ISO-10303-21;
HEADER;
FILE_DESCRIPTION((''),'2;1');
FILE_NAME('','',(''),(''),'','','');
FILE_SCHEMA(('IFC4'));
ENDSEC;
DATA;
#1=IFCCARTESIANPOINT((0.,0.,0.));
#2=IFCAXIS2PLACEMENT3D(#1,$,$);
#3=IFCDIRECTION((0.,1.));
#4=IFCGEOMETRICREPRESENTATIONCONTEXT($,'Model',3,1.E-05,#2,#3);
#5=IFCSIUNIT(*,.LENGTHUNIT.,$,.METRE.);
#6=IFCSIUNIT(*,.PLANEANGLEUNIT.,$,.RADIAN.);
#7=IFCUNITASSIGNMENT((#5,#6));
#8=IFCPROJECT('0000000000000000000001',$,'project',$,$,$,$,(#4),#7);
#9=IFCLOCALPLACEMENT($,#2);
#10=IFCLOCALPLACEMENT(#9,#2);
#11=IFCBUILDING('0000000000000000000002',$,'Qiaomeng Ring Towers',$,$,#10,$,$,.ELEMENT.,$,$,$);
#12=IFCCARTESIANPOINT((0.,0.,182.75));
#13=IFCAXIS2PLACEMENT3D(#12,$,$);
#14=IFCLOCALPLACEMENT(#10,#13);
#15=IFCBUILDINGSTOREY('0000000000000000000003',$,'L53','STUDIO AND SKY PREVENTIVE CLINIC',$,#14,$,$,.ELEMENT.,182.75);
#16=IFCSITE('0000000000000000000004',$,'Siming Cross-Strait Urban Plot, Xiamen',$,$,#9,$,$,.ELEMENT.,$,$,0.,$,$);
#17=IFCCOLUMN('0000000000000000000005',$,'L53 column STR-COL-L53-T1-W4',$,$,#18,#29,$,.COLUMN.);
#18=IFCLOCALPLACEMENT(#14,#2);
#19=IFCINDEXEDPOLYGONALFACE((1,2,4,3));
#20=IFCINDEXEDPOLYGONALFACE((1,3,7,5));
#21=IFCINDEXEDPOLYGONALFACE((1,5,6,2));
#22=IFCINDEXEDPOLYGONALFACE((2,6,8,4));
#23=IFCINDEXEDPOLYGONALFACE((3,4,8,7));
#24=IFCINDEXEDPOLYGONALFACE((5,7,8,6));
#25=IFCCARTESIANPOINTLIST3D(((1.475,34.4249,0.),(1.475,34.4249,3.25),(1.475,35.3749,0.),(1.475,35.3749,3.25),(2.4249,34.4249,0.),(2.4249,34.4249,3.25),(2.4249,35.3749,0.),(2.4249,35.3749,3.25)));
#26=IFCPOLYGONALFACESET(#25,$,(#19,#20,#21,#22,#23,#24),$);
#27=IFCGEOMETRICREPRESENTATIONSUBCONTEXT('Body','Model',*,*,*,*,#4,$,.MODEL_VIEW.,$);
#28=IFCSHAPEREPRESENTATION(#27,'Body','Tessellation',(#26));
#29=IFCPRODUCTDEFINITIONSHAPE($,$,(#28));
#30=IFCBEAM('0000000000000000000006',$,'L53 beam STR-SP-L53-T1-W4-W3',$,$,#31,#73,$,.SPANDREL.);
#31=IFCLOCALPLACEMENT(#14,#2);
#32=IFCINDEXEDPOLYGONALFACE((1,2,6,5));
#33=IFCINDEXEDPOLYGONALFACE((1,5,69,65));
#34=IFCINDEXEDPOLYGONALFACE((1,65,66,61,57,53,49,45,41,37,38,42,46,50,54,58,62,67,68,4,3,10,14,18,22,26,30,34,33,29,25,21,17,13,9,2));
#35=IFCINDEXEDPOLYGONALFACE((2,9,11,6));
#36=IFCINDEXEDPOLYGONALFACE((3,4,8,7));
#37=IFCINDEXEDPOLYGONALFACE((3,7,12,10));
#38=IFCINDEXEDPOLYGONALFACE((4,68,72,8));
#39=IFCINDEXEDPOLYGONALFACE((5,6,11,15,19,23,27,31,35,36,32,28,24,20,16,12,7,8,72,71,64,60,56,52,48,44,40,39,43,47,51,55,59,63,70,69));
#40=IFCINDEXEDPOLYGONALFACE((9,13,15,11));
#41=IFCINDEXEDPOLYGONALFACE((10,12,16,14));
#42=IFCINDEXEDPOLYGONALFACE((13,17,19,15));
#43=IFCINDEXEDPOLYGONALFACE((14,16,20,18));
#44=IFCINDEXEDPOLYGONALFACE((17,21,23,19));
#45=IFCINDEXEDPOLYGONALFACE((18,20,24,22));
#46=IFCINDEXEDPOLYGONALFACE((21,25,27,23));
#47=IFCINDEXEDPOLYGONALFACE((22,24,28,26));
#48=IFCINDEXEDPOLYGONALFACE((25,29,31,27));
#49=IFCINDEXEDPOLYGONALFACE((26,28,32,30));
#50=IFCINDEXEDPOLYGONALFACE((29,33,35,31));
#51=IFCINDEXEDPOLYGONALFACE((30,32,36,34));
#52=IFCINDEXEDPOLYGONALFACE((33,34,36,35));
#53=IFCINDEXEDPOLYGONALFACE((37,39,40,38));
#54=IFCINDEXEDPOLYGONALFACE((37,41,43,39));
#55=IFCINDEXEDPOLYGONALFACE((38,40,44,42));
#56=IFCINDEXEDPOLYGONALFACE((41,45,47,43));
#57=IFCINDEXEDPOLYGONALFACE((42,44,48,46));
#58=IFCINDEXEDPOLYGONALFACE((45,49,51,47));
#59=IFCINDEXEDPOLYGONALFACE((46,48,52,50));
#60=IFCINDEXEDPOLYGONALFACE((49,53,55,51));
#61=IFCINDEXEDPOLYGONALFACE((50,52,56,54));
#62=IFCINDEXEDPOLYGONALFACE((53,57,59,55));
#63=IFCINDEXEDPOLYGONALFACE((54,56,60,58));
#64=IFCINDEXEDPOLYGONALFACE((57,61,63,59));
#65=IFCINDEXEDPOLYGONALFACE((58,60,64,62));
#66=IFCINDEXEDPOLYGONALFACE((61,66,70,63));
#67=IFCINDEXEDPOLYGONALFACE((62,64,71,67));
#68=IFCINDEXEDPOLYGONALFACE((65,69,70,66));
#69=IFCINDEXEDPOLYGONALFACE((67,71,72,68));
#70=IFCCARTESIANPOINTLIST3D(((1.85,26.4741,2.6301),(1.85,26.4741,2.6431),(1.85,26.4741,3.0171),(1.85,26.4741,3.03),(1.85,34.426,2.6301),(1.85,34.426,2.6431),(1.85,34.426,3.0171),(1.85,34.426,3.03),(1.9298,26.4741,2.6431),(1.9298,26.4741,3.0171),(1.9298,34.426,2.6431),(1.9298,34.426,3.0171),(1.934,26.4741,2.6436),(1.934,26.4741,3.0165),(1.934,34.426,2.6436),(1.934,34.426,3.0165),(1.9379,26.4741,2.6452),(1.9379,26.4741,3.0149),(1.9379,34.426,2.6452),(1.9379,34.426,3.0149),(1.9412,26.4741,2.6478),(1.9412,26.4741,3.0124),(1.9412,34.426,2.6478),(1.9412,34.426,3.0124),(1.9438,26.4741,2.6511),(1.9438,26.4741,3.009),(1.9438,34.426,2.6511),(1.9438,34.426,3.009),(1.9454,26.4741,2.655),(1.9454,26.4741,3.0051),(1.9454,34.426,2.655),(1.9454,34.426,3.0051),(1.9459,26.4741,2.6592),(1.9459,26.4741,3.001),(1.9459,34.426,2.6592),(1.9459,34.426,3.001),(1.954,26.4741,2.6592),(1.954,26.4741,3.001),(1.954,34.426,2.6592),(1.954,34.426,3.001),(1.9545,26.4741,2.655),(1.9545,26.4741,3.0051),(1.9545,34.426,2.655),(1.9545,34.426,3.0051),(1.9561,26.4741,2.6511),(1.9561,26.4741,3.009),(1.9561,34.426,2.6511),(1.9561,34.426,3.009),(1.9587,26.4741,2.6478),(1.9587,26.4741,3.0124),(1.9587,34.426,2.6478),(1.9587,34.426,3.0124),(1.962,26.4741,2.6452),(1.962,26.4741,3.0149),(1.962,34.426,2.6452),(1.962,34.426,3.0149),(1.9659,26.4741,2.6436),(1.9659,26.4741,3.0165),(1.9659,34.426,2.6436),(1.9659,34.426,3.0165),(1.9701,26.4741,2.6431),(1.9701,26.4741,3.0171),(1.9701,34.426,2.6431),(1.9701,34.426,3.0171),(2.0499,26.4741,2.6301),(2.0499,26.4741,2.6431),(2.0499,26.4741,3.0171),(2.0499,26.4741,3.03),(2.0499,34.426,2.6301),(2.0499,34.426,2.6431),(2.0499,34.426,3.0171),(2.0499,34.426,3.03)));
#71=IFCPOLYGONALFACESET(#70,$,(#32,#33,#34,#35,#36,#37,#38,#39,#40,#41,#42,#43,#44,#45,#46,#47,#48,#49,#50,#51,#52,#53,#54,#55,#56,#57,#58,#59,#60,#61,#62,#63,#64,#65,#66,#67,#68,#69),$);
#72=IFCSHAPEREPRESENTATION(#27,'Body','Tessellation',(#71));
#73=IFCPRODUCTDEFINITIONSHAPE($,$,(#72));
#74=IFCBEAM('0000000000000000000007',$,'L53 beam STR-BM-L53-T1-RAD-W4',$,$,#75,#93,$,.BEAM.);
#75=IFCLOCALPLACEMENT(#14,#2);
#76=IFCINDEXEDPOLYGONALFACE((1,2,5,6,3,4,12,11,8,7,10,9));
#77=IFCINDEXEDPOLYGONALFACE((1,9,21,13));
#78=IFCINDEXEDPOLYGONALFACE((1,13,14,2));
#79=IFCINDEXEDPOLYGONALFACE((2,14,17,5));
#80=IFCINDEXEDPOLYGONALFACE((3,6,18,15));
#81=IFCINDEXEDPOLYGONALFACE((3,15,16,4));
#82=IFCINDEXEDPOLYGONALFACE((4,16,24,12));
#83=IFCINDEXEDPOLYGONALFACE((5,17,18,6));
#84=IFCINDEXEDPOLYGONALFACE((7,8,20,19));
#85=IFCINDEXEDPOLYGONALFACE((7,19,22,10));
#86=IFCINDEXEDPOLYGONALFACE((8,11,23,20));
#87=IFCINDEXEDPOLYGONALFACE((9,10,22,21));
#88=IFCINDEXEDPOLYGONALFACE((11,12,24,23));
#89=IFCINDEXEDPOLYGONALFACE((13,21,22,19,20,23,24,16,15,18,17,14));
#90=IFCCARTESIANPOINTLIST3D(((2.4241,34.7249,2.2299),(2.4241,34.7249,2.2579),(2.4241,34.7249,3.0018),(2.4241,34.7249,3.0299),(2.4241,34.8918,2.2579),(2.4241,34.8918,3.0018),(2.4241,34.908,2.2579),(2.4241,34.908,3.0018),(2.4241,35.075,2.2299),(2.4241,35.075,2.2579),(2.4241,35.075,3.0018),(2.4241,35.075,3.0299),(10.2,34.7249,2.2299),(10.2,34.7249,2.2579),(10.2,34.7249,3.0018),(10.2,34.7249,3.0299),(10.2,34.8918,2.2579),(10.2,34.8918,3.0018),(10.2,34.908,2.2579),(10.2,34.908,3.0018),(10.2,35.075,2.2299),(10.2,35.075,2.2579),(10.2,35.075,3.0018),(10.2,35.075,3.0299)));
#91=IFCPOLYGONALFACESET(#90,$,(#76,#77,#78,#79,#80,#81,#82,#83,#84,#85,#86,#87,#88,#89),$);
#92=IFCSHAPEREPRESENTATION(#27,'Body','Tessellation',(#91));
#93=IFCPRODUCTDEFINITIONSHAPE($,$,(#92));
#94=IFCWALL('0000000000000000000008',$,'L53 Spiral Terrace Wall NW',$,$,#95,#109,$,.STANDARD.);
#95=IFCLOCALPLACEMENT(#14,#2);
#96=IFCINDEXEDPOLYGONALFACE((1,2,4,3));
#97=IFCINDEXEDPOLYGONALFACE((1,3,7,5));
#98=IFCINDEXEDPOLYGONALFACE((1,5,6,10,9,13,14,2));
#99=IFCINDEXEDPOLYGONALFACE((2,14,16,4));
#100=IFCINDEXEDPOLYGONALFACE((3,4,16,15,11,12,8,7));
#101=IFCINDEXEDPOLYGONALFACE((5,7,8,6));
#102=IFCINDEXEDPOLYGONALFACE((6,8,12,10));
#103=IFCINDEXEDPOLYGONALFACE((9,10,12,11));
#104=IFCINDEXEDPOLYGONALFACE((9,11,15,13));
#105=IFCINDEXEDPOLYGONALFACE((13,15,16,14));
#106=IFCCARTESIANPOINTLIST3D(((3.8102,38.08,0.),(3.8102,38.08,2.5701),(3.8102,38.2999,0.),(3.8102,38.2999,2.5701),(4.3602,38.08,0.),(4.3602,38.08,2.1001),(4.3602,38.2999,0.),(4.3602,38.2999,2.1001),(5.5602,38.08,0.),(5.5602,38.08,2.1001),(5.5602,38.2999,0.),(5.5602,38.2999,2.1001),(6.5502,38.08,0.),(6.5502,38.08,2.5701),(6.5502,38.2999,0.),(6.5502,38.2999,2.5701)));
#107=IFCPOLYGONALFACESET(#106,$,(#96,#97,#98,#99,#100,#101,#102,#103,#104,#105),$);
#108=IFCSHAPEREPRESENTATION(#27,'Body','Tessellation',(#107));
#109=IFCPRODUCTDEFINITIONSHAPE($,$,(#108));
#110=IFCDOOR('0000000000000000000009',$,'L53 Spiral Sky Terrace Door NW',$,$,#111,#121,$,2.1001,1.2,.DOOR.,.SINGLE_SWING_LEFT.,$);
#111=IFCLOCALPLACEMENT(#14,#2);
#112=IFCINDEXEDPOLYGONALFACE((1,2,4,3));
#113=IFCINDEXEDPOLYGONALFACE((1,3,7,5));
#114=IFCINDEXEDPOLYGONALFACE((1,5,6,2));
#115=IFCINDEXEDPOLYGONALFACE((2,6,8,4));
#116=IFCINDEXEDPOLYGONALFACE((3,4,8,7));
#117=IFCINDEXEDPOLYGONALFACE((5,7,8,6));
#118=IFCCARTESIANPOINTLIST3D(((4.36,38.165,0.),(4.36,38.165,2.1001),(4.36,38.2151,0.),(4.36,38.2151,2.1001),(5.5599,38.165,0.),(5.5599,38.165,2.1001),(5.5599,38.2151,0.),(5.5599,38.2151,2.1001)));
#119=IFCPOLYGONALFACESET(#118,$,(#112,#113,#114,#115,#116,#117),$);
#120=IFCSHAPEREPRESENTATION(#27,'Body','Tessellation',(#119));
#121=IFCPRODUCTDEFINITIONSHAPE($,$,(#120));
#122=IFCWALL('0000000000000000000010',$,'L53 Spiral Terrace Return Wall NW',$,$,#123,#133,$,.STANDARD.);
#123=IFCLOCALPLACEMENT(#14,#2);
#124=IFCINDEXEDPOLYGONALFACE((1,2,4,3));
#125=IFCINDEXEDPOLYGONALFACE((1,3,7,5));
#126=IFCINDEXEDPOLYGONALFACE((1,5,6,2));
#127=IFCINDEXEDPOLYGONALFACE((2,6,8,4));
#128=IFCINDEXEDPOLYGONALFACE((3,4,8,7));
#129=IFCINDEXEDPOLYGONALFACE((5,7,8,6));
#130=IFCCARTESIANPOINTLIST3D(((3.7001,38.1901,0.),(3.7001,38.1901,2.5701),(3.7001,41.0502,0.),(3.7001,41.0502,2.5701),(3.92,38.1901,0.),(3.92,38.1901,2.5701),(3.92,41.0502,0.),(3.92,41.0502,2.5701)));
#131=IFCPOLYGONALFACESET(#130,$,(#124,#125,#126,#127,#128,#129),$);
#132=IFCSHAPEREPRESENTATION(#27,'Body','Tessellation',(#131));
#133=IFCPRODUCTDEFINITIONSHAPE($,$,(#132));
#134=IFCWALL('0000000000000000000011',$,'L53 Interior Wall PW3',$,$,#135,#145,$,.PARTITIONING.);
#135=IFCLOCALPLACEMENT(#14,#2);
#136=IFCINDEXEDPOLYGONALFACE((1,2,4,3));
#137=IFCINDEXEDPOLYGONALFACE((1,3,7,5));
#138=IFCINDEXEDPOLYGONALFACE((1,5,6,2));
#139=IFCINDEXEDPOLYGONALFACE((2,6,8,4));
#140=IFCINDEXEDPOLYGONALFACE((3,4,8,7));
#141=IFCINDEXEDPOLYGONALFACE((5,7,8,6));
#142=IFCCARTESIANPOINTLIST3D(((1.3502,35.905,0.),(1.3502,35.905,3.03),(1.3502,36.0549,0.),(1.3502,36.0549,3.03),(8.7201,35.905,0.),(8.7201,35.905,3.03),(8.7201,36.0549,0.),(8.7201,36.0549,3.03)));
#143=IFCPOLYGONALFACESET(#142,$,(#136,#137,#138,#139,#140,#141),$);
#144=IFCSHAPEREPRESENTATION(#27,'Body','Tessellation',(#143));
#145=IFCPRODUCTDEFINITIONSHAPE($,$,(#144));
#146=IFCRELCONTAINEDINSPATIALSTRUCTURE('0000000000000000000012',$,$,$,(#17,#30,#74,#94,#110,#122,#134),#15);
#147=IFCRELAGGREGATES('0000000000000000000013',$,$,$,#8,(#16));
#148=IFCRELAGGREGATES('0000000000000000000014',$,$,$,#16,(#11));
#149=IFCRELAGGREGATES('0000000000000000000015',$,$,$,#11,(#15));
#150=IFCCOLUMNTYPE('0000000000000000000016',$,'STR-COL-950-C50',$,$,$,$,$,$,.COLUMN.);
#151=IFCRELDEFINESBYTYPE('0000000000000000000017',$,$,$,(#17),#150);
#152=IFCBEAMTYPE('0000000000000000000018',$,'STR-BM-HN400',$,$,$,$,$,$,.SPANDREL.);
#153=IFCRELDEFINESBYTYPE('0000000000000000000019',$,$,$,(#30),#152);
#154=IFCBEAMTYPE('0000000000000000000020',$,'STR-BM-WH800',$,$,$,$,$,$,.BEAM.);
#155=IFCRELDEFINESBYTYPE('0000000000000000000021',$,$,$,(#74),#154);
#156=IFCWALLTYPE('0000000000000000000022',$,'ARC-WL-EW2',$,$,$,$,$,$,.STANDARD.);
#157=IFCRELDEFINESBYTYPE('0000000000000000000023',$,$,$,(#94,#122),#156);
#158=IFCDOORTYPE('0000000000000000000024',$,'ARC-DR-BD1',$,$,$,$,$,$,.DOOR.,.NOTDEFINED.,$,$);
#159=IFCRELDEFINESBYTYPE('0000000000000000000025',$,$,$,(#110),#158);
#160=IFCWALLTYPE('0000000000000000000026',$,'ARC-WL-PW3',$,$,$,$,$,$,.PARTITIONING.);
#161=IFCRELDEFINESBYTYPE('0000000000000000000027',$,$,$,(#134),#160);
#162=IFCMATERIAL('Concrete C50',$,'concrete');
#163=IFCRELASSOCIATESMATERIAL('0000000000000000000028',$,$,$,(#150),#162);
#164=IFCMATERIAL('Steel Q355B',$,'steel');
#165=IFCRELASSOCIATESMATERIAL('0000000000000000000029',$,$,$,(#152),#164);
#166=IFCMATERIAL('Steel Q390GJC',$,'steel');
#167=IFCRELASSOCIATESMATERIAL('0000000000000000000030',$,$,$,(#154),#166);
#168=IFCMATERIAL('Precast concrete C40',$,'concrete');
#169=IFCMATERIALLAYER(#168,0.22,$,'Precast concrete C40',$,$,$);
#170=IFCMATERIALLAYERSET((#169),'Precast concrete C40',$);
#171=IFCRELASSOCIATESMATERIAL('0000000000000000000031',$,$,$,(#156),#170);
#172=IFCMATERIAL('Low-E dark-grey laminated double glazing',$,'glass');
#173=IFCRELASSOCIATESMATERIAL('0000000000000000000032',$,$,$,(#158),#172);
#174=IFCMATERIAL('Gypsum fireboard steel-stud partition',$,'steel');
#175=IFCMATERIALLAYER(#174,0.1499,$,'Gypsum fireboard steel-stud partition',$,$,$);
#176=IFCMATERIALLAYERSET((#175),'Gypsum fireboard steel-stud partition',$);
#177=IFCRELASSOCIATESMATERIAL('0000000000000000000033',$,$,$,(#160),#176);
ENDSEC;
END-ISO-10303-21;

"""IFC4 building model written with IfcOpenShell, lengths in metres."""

from ifc_helpers import new_model, si_unit, direction, frame, frame_2d, origin, origin_2d, place, context, subcontext, project, spatial, rectangle, i_section, extrude, source, transform, mapped, material, layer, layer_set, material_profile, profile_set, type_object, element, fill, save


model = new_model("IFC4")

# Units and contexts
model_context = context("Model", 3, precision=1e-05, world=origin(), true_north=direction((0.0, 1.0)))
body_context = subcontext(model_context, "Body", "Model", "MODEL_VIEW")
ifc_project = project(units=[si_unit("LENGTHUNIT", "METRE"), si_unit("PLANEANGLEUNIT", "RADIAN")], contexts=[model_context])

# Site, building, storey
site_placement = place(None, origin())
site = spatial("IfcSite", under=ifc_project, at=site_placement, Name="Siming Cross-Strait Urban Plot, Xiamen", CompositionType="ELEMENT", RefElevation=0.0)
building_placement = place(site_placement, origin())
building = spatial("IfcBuilding", under=site, at=building_placement, Name="Qiaomeng Ring Towers", CompositionType="ELEMENT")
storey_placement = place(building_placement, frame((0.0, 0.0, 182.75)))
storey = spatial("IfcBuildingStorey", under=building, at=storey_placement, Name="L53", Description="STUDIO AND SKY PREVENTIVE CLINIC", CompositionType="ELEMENT", Elevation=182.75)

# Column
ifc_material_1 = material(Name="Concrete C50", Category="concrete")
ifc_material_profile_1 = material_profile(ifc_material_1, rectangle(XDim=0.95, YDim=0.95, at=origin_2d()), Name="RC COL 950x950")
ifc_profile_set_1 = profile_set([ifc_material_profile_1], Name="Concrete C50")
column_type = type_object("IfcColumnType", Name="STR-COL-950-C50", PredefinedType="COLUMN", material=ifc_profile_set_1)
shared_shape_1 = source(origin(), body_context, "Body", "SweptSolid", [
    extrude(rectangle(XDim=0.95, YDim=0.95, at=origin_2d()), origin(), (0.0, 0.0, 1.0), 3.25),
])
column_placement = place(storey_placement, frame((1.95, 34.8999, 0.0), z_axis=(0.0, 0.0, 1.0), x_axis=(1.0, 0.0, 0.0)))
element("IfcColumn", 1, at=column_placement, inside=storey, type_object=column_type, Name="L53 column STR-COL-L53-T1-W4", PredefinedType="COLUMN", context=body_context, shape_type="MappedRepresentation", body=[
    mapped(shared_shape_1, transform((0.0, 0.0, 0.0), x_axis=(1.0, 0.0, 0.0), y_axis=(0.0, 1.0, 0.0), z_axis=(0.0, 0.0, 1.0), scale=1.0)),
])

# Beams
ifc_material_2 = material(Name="Steel Q355B", Category="steel")
ifc_material_profile_2 = material_profile(ifc_material_2, i_section(OverallWidth=0.2, OverallDepth=0.3999, WebThickness=0.0081, FlangeThickness=0.0129, FilletRadius=0.0161, at=origin_2d()), Name="HN 400x200x8x13")
ifc_profile_set_2 = profile_set([ifc_material_profile_2], Name="Steel Q355B")
beam_type_1 = type_object("IfcBeamType", Name="STR-BM-HN400", PredefinedType="SPANDREL", material=ifc_profile_set_2)
shared_shape_2 = source(origin(), body_context, "Body", "SweptSolid", [
    extrude(i_section(OverallWidth=0.2, OverallDepth=0.3999, WebThickness=0.0081, FlangeThickness=0.0129, FilletRadius=0.0161, at=origin_2d()), origin(), (0.0, 0.0, 1.0), 7.9519),
])
beam_1_placement = place(storey_placement, frame((1.95, 34.426, 2.8301), z_axis=(0.0, -1.0, 0.0), x_axis=(1.0, 0.0, 0.0)))
element("IfcBeam", 2, at=beam_1_placement, inside=storey, type_object=beam_type_1, Name="L53 beam STR-SP-L53-T1-W4-W3", PredefinedType="SPANDREL", context=body_context, shape_type="MappedRepresentation", body=[
    mapped(shared_shape_2, transform((0.0, 0.0, 0.0), x_axis=(1.0, 0.0, 0.0), y_axis=(0.0, 1.0, 0.0), z_axis=(0.0, 0.0, 1.0), scale=1.0)),
])
ifc_material_3 = material(Name="Steel Q390GJC", Category="steel")
ifc_material_profile_3 = material_profile(ifc_material_3, i_section(OverallWidth=0.3501, OverallDepth=0.8, WebThickness=0.0161, FlangeThickness=0.0281, at=origin_2d()), Name="WH 800x350x16x28")
ifc_profile_set_3 = profile_set([ifc_material_profile_3], Name="Steel Q390GJC")
beam_type_2 = type_object("IfcBeamType", Name="STR-BM-WH800", PredefinedType="BEAM", material=ifc_profile_set_3)
shared_shape_3 = source(origin(), body_context, "Body", "SweptSolid", [
    extrude(i_section(OverallWidth=0.3501, OverallDepth=0.8, WebThickness=0.0161, FlangeThickness=0.0281, at=origin_2d()), origin(), (0.0, 0.0, 1.0), 7.7759),
])
beam_2_placement = place(storey_placement, frame((2.4241, 34.8999, 2.6299), z_axis=(1.0, 0.0, 0.0), x_axis=(0.0, 1.0, 0.0)))
element("IfcBeam", 3, at=beam_2_placement, inside=storey, type_object=beam_type_2, Name="L53 beam STR-BM-L53-T1-RAD-W4", PredefinedType="BEAM", context=body_context, shape_type="MappedRepresentation", body=[
    mapped(shared_shape_3, transform((0.0, 0.0, 0.0), x_axis=(1.0, 0.0, 0.0), y_axis=(0.0, 1.0, 0.0), z_axis=(0.0, 0.0, 1.0), scale=1.0)),
])

# Wall, opening, door
ifc_material_4 = material(Name="Precast concrete C40", Category="concrete")
ifc_layer_1 = layer(ifc_material_4, 0.22, Name="Precast concrete C40")
ifc_layer_set_1 = layer_set([ifc_layer_1], Name="Precast concrete C40")
wall_type_1 = type_object("IfcWallType", Name="ARC-WL-EW2", PredefinedType="STANDARD", material=ifc_layer_set_1)
wall_1_placement = place(storey_placement, frame((3.8101, 38.1899, 0.0), z_axis=(0.0, 0.0, 1.0), x_axis=(1.0, 0.0, 0.0)))
wall_1 = element("IfcWall", 4, at=wall_1_placement, inside=storey, type_object=wall_type_1, Name="L53 Spiral Terrace Wall NW", PredefinedType="STANDARD", context=body_context, shape_type="SweptSolid", body=[
    extrude(rectangle(XDim=2.74, YDim=0.22, at=frame_2d((1.3701, 0.0))), origin(), (0.0, 0.0, 1.0), 2.5701),
])
opening_1_placement = place(wall_1_placement, frame((0.55, 0.0, 0.0)))
opening_1 = element("IfcOpeningElement", 5, at=opening_1_placement, cuts=wall_1, PredefinedType="OPENING", context=body_context, shape_type="SweptSolid", body=[
    extrude(rectangle(XDim=1.2, YDim=2.1001, at=frame_2d((0.6001, 1.05))), frame((0.0, 0.1199, 0.0), z_axis=(0.0, -1.0, 0.0), x_axis=(1.0, 0.0, 0.0)), (0.0, 0.0, 1.0), 0.24),
])
ifc_material_5 = material(Name="Low-E dark-grey laminated double glazing", Category="glass")
door_type_1 = type_object("IfcDoorType", Name="ARC-DR-BD1", OperationType="NOTDEFINED", PredefinedType="DOOR", material=ifc_material_5)
shared_shape_4 = source(origin(), body_context, "Body", "SweptSolid", [
    extrude(rectangle(XDim=1.2, YDim=2.1001, at=frame_2d((0.6001, 1.05))), frame((0.0, 0.0249, 0.0), z_axis=(0.0, -1.0, 0.0), x_axis=(1.0, 0.0, 0.0)), (0.0, 0.0, 1.0), 0.05),
])
door_1_placement = place(opening_1_placement, frame((1.2, 0.0, 0.0), z_axis=(0.0, 0.0, 1.0), x_axis=(-1.0, 0.0, 0.0)))
door_1 = element("IfcDoor", 6, at=door_1_placement, inside=storey, type_object=door_type_1, Name="L53 Spiral Sky Terrace Door NW", OperationType="SINGLE_SWING_LEFT", OverallHeight=2.1001, OverallWidth=1.2, PredefinedType="DOOR", context=body_context, shape_type="MappedRepresentation", body=[
    mapped(shared_shape_4, transform((0.0, 0.0, 0.0), x_axis=(1.0, 0.0, 0.0), y_axis=(0.0, 1.0, 0.0), z_axis=(0.0, 0.0, 1.0), scale=1.0)),
])
fill(opening_1, door_1)

# Walls
wall_2_placement = place(storey_placement, frame((3.8101, 38.1899, 0.0), z_axis=(0.0, 0.0, 1.0), x_axis=(0.0, 1.0, 0.0)))
element("IfcWall", 7, at=wall_2_placement, inside=storey, type_object=wall_type_1, Name="L53 Spiral Terrace Return Wall NW", PredefinedType="STANDARD", context=body_context, shape_type="SweptSolid", body=[
    extrude(rectangle(XDim=2.8601, YDim=0.22, at=frame_2d((1.4302, 0.0))), origin(), (0.0, 0.0, 1.0), 2.5701),
])
ifc_material_6 = material(Name="Gypsum fireboard steel-stud partition", Category="steel")
ifc_layer_2 = layer(ifc_material_6, 0.1499, Name="Gypsum fireboard steel-stud partition")
ifc_layer_set_2 = layer_set([ifc_layer_2], Name="Gypsum fireboard steel-stud partition")
wall_type_2 = type_object("IfcWallType", Name="ARC-WL-PW3", PredefinedType="PARTITIONING", material=ifc_layer_set_2)
wall_3_placement = place(storey_placement, frame((1.3501, 35.98, 0.0), z_axis=(0.0, 0.0, 1.0), x_axis=(1.0, 0.0, 0.0)))
element("IfcWall", 8, at=wall_3_placement, inside=storey, type_object=wall_type_2, Name="L53 Interior Wall PW3", PredefinedType="PARTITIONING", context=body_context, shape_type="SweptSolid", body=[
    extrude(rectangle(XDim=7.3699, YDim=0.1499, at=frame_2d((3.6851, 0.0))), origin(), (0.0, 0.0, 1.0), 3.03),
])

save(model, "model.ifc")
